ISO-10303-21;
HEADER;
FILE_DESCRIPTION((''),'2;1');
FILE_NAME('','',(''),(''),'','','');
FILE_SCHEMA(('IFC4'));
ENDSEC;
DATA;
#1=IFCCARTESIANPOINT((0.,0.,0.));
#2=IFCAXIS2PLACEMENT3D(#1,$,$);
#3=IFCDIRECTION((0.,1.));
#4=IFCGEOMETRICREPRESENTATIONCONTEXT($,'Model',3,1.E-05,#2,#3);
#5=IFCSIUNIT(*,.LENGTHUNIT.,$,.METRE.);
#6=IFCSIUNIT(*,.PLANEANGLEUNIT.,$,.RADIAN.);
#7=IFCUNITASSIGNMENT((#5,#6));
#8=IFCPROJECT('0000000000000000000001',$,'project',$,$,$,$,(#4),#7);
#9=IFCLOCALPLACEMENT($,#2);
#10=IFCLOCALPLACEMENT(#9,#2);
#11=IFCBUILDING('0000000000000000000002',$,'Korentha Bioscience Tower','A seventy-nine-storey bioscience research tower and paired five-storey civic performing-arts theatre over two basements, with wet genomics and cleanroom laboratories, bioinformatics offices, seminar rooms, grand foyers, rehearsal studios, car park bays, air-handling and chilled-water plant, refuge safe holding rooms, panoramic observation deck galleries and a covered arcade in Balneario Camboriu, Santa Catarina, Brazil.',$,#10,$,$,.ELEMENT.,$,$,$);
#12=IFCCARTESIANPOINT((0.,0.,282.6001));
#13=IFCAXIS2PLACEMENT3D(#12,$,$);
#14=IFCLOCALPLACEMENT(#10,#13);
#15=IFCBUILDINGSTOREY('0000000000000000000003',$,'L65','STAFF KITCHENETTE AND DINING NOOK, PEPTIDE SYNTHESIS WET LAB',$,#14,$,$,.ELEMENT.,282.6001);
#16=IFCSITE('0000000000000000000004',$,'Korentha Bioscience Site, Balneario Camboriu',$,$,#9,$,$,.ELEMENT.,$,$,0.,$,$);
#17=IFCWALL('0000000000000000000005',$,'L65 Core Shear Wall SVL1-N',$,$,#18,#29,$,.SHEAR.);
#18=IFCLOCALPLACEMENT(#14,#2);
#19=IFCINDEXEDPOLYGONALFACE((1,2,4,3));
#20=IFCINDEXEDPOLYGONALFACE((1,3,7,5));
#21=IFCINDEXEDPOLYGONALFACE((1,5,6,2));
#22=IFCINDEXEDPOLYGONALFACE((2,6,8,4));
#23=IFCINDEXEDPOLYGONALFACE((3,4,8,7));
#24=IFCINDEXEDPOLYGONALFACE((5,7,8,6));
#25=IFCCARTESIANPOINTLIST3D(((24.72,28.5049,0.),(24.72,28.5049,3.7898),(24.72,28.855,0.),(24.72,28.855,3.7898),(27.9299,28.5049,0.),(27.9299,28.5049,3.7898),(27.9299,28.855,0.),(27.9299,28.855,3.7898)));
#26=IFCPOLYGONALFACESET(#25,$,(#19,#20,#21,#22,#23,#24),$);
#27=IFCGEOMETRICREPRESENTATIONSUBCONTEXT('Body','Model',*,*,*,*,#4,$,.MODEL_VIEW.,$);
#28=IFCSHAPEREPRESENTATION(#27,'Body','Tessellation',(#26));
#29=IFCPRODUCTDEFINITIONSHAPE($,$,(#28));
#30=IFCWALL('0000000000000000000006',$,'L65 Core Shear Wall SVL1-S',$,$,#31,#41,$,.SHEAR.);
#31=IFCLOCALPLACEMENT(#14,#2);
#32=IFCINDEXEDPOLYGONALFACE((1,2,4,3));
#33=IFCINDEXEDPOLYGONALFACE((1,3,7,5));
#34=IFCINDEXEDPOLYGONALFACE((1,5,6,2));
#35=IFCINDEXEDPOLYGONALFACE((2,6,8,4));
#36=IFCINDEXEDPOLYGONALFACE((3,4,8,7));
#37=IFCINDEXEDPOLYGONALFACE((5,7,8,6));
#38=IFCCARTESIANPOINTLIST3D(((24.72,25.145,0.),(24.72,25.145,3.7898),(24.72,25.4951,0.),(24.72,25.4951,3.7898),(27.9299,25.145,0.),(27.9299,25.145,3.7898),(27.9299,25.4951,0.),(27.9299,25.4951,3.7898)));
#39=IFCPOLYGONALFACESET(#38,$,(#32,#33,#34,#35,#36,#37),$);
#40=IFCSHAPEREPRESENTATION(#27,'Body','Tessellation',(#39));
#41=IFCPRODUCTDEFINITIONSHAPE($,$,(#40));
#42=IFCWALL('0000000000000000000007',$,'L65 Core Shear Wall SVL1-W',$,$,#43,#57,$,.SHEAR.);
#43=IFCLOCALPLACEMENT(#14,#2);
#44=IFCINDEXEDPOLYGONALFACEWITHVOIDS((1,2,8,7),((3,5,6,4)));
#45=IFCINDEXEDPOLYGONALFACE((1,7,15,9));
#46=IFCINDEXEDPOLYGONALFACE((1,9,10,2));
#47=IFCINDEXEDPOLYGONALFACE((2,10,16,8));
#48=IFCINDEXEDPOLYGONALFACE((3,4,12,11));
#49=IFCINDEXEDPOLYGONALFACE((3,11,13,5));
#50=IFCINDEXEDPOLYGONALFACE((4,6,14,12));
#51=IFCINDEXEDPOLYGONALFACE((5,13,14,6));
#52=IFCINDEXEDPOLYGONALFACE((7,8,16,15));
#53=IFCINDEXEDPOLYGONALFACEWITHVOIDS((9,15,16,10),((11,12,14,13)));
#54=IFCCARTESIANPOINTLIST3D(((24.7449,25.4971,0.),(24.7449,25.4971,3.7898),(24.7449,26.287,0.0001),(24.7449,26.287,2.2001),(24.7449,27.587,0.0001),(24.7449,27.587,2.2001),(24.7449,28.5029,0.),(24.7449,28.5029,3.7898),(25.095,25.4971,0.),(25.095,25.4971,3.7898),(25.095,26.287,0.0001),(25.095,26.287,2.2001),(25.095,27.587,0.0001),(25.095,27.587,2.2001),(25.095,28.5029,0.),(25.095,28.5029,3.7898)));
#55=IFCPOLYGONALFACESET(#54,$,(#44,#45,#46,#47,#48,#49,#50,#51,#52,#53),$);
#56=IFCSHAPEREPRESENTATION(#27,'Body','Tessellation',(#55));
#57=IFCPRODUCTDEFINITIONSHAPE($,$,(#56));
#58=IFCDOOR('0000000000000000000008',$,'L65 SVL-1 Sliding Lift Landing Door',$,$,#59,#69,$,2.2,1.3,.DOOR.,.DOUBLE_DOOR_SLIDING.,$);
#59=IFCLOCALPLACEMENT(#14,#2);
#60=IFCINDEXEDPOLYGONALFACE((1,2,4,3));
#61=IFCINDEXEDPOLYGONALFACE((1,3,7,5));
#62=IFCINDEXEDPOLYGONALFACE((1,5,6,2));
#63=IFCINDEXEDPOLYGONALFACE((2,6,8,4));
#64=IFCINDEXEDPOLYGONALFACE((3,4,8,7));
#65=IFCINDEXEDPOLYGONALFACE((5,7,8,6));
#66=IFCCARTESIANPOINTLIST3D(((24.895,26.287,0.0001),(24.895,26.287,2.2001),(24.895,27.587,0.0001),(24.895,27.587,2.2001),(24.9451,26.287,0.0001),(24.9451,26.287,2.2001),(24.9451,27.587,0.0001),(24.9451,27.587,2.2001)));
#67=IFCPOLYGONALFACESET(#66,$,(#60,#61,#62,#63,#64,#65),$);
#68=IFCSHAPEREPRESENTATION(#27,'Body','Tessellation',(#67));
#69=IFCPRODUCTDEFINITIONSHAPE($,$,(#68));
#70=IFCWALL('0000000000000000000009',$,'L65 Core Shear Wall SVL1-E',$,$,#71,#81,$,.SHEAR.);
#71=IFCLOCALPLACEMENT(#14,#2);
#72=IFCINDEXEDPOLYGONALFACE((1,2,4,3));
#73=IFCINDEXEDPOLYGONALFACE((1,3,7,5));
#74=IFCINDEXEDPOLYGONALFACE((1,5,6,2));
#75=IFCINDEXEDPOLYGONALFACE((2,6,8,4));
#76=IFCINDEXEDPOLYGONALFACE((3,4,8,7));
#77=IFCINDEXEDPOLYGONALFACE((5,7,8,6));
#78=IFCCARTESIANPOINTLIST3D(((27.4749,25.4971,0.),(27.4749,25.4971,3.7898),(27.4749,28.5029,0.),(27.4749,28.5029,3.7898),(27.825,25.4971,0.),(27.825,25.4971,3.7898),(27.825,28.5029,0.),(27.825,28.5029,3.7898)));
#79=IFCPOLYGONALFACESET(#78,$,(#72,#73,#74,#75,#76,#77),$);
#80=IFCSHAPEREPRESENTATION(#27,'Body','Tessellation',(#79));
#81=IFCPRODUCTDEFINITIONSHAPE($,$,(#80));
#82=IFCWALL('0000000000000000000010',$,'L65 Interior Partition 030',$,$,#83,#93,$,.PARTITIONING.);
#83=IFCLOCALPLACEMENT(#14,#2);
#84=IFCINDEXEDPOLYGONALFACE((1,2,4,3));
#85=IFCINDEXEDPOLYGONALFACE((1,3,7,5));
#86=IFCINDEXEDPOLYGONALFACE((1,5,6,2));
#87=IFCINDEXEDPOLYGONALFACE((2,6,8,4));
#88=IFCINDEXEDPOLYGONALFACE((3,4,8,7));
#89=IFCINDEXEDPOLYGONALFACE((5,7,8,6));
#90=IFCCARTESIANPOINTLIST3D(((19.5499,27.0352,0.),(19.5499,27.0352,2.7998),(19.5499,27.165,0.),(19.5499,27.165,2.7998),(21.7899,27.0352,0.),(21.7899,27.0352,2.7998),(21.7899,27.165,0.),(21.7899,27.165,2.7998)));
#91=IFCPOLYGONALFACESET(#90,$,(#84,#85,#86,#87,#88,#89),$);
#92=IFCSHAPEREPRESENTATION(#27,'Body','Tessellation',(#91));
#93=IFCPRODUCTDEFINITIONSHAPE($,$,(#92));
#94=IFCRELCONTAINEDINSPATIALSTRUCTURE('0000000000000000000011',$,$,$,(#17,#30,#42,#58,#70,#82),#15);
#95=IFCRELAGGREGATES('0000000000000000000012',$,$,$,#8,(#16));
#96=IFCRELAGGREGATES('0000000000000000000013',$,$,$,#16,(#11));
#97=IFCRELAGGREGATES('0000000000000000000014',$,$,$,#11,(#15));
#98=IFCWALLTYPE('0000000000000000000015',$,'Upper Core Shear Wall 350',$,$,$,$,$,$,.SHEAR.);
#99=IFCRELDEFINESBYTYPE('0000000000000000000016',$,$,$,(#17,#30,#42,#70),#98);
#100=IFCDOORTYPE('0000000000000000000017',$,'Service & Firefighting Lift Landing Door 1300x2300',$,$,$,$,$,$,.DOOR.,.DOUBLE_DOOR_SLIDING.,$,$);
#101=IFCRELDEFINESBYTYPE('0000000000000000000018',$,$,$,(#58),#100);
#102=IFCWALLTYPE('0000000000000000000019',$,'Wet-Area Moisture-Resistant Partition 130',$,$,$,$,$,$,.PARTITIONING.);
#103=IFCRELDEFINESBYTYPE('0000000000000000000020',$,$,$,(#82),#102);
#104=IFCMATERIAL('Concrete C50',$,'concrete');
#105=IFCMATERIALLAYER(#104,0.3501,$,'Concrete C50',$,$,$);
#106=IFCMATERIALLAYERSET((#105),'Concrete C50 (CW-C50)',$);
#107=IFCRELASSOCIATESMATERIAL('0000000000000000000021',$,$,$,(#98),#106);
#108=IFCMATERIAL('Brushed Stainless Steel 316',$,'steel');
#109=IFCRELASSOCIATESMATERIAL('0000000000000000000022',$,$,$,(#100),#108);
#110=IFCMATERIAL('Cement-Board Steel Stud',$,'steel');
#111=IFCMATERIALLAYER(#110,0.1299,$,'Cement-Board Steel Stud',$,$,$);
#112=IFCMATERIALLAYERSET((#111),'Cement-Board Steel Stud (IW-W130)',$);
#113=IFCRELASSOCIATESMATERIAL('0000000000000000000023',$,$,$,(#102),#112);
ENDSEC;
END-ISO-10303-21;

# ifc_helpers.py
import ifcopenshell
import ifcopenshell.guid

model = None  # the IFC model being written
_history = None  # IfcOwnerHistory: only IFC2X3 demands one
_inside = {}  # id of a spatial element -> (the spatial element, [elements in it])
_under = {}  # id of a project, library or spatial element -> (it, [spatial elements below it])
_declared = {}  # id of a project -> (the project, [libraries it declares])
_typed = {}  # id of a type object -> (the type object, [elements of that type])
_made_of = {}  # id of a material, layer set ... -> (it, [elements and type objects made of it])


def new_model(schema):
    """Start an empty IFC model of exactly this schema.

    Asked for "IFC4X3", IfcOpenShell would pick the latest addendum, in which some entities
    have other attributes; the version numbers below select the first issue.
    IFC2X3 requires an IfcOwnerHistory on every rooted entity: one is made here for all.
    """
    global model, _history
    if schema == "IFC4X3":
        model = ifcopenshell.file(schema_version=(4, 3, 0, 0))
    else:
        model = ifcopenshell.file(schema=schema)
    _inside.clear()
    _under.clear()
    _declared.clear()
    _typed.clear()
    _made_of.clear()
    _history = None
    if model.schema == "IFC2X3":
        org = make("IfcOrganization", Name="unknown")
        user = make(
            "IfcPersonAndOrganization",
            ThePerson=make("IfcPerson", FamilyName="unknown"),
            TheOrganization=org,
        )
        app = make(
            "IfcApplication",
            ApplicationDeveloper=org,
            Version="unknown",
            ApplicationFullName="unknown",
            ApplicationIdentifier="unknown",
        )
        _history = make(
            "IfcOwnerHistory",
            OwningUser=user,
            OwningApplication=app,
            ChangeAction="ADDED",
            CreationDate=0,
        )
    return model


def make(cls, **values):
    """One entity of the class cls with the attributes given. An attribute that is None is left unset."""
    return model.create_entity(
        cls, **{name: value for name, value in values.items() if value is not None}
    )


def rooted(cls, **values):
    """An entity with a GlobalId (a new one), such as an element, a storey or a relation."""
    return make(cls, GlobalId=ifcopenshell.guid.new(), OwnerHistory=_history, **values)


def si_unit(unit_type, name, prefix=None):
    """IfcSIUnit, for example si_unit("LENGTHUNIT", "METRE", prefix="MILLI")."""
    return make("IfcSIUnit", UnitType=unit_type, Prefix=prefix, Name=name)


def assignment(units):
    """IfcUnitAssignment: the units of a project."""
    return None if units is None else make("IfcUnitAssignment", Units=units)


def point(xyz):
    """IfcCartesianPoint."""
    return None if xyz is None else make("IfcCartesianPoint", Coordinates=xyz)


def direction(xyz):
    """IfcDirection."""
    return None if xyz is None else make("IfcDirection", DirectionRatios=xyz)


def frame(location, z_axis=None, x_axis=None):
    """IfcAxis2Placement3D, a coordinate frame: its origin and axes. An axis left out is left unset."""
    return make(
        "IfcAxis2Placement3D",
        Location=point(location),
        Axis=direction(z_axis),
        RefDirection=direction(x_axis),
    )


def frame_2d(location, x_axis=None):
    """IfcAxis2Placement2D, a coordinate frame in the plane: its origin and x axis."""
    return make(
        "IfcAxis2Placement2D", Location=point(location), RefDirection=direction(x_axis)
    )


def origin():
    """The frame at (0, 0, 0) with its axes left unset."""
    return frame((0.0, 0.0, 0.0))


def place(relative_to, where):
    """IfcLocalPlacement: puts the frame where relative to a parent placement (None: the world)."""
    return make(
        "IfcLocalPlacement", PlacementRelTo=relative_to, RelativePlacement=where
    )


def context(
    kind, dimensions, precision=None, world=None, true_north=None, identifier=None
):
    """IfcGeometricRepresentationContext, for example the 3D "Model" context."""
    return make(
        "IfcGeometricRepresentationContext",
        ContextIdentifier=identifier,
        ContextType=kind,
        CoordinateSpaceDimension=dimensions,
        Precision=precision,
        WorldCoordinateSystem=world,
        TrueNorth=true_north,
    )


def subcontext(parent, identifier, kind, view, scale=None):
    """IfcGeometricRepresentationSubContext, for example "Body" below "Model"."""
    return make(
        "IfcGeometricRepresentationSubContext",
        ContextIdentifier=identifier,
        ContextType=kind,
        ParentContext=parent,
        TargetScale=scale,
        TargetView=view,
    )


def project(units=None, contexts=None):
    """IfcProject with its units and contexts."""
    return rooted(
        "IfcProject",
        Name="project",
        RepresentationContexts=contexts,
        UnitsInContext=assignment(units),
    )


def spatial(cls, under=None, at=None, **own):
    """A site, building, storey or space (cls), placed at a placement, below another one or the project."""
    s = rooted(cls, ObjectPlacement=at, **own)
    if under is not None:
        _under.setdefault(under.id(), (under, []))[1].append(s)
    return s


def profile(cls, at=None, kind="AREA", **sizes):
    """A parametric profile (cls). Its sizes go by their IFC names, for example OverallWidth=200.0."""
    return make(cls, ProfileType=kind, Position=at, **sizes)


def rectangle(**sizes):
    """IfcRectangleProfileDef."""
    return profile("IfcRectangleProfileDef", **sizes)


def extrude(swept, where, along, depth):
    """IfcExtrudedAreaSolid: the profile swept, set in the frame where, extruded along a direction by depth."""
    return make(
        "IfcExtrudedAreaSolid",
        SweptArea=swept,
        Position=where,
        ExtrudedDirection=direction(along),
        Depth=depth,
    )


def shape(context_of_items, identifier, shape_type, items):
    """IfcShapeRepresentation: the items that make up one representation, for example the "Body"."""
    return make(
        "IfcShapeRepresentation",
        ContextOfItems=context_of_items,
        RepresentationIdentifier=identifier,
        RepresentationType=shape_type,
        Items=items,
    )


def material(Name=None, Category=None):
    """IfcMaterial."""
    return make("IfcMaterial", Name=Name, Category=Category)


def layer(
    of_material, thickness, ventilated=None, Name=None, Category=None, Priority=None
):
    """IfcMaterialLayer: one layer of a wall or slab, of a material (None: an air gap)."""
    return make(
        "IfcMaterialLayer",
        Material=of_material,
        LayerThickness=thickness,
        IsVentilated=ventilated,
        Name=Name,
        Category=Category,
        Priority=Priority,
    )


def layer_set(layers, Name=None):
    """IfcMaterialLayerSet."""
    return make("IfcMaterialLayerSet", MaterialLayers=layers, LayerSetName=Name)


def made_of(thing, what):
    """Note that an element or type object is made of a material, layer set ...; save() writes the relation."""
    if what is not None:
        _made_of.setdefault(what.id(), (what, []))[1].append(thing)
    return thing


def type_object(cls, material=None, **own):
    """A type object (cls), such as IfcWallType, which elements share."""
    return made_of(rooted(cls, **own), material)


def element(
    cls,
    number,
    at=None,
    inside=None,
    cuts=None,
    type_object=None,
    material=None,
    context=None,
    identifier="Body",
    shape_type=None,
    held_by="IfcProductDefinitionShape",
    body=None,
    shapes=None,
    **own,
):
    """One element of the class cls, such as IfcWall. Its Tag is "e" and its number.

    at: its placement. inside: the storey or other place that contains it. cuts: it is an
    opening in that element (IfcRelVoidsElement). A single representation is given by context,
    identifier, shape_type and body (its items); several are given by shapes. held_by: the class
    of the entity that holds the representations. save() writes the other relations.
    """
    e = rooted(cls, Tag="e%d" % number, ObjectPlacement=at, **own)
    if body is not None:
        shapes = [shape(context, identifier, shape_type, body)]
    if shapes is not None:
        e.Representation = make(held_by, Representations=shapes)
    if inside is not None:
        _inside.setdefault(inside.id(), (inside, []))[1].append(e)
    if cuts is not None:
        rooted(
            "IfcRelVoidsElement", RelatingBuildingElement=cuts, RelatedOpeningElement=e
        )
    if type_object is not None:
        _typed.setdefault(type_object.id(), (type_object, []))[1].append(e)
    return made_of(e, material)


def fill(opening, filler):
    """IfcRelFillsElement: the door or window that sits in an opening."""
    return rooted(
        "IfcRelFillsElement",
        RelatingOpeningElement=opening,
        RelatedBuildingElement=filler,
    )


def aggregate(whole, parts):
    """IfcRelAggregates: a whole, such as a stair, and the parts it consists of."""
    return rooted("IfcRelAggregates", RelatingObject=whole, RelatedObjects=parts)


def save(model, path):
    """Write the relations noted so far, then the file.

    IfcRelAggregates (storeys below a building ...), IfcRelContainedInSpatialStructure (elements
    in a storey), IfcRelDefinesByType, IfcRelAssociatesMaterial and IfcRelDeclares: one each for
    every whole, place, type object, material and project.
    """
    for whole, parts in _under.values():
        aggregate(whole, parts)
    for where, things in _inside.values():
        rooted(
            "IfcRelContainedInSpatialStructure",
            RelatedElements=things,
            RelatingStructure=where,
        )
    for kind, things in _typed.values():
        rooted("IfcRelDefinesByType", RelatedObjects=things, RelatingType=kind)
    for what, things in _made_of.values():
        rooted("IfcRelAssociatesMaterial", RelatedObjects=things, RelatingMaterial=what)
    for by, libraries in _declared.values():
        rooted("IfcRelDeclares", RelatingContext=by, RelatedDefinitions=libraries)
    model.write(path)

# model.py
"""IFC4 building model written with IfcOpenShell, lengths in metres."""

from ifc_helpers import new_model, si_unit, direction, frame, frame_2d, origin, place, context, subcontext, project, spatial, rectangle, extrude, material, layer, layer_set, type_object, element, fill, save


model = new_model("IFC4")

# Units and contexts
model_context = context("Model", 3, precision=1e-05, world=origin(), true_north=direction((0.0, 1.0)))
body_context = subcontext(model_context, "Body", "Model", "MODEL_VIEW")
ifc_project = project(units=[si_unit("LENGTHUNIT", "METRE"), si_unit("PLANEANGLEUNIT", "RADIAN")], contexts=[model_context])

# Site, building, storey
site_placement = place(None, origin())
site = spatial("IfcSite", under=ifc_project, at=site_placement, Name="Korentha Bioscience Site, Balneario Camboriu", CompositionType="ELEMENT", RefElevation=0.0)
building_placement = place(site_placement, origin())
building = spatial("IfcBuilding", under=site, at=building_placement, Name="Korentha Bioscience Tower", Description="A seventy-nine-storey bioscience research tower and paired five-storey civic performing-arts theatre over two basements, with wet genomics and cleanroom laboratories, bioinformatics offices, seminar rooms, grand foyers, rehearsal studios, car park bays, air-handling and chilled-water plant, refuge safe holding rooms, panoramic observation deck galleries and a covered arcade in Balneario Camboriu, Santa Catarina, Brazil.", CompositionType="ELEMENT")
storey_placement = place(building_placement, frame((0.0, 0.0, 282.6001)))
storey = spatial("IfcBuildingStorey", under=building, at=storey_placement, Name="L65", Description="STAFF KITCHENETTE AND DINING NOOK, PEPTIDE SYNTHESIS WET LAB", CompositionType="ELEMENT", Elevation=282.6001)

# Shared definitions
ifc_material_1 = material(Name="Concrete C50", Category="concrete")
ifc_layer_1 = layer(ifc_material_1, 0.3501, Name="Concrete C50")
ifc_layer_set_1 = layer_set([ifc_layer_1], Name="Concrete C50 (CW-C50)")
wall_type_1 = type_object("IfcWallType", Name="Upper Core Shear Wall 350", PredefinedType="SHEAR", material=ifc_layer_set_1)

# Walls
for number, where, z_axis, x_axis, name in (
    (1, (24.72, 28.6799, 0.0), (0.0, 0.0, 1.0), (1.0, 0.0, 0.0), "L65 Core Shear Wall SVL1-N"),
    (2, (24.72, 25.3201, 0.0), (0.0, 0.0, 1.0), (1.0, 0.0, 0.0), "L65 Core Shear Wall SVL1-S"),
):
    element("IfcWall", number, at=place(storey_placement, frame(where, z_axis=z_axis, x_axis=x_axis)), inside=storey, type_object=wall_type_1, Name=name, PredefinedType="SHEAR", context=body_context, shape_type="SweptSolid", body=[
        extrude(rectangle(XDim=3.21, YDim=0.3501, at=frame_2d((1.605, 0.0))), origin(), (0.0, 0.0, 1.0), 3.7898),
    ])

# Wall, opening, door
wall_1_placement = place(storey_placement, frame((24.9199, 25.4971, 0.0), z_axis=(0.0, 0.0, 1.0), x_axis=(0.0, 1.0, 0.0)))
wall_1 = element("IfcWall", 3, at=wall_1_placement, inside=storey, type_object=wall_type_1, Name="L65 Core Shear Wall SVL1-W", PredefinedType="SHEAR", context=body_context, shape_type="SweptSolid", body=[
    extrude(rectangle(XDim=3.0059, YDim=0.3501, at=frame_2d((1.5029, 0.0))), origin(), (0.0, 0.0, 1.0), 3.7898),
])
opening_1_placement = place(wall_1_placement, frame((0.79, 0.0, 0.0)))
opening_1 = element("IfcOpeningElement", 4, at=opening_1_placement, cuts=wall_1, PredefinedType="OPENING", context=body_context, shape_type="SweptSolid", body=[
    extrude(rectangle(XDim=1.3, YDim=2.2, at=frame_2d((0.6499, 1.1001))), frame((0.0, 0.1899, 0.0), z_axis=(0.0, -1.0, 0.0), x_axis=(1.0, 0.0, 0.0)), (0.0, 0.0, 1.0), 0.3799),
])
ifc_material_2 = material(Name="Brushed Stainless Steel 316", Category="steel")
door_type_1 = type_object("IfcDoorType", Name="Service & Firefighting Lift Landing Door 1300x2300", OperationType="DOUBLE_DOOR_SLIDING", PredefinedType="DOOR", material=ifc_material_2)
door_1_placement = place(opening_1_placement, origin())
door_1 = element("IfcDoor", 5, at=door_1_placement, inside=storey, type_object=door_type_1, Name="L65 SVL-1 Sliding Lift Landing Door", OperationType="DOUBLE_DOOR_SLIDING", OverallHeight=2.2, OverallWidth=1.3, PredefinedType="DOOR", context=body_context, shape_type="SweptSolid", body=[
    extrude(rectangle(XDim=1.3, YDim=2.2, at=frame_2d((0.6499, 1.1001))), frame((0.0, 0.0249, 0.0), z_axis=(0.0, -1.0, 0.0), x_axis=(1.0, 0.0, 0.0)), (0.0, 0.0, 1.0), 0.05),
])
fill(opening_1, door_1)

# Wall
wall_2_placement = place(storey_placement, frame((27.6499, 25.4971, 0.0), z_axis=(0.0, 0.0, 1.0), x_axis=(0.0, 1.0, 0.0)))
element("IfcWall", 6, at=wall_2_placement, inside=storey, type_object=wall_type_1, Name="L65 Core Shear Wall SVL1-E", PredefinedType="SHEAR", context=body_context, shape_type="SweptSolid", body=[
    extrude(rectangle(XDim=3.0059, YDim=0.3501, at=frame_2d((1.5029, 0.0))), origin(), (0.0, 0.0, 1.0), 3.7898),
])

# Shared definitions
ifc_material_3 = material(Name="Cement-Board Steel Stud", Category="steel")
ifc_layer_2 = layer(ifc_material_3, 0.1299, Name="Cement-Board Steel Stud")
ifc_layer_set_2 = layer_set([ifc_layer_2], Name="Cement-Board Steel Stud (IW-W130)")
wall_type_2 = type_object("IfcWallType", Name="Wet-Area Moisture-Resistant Partition 130", PredefinedType="PARTITIONING", material=ifc_layer_set_2)

# Wall
wall_3_placement = place(storey_placement, frame((21.79, 27.1001, 0.0), z_axis=(0.0, 0.0, 1.0), x_axis=(-1.0, 0.0, 0.0)))
element("IfcWall", 7, at=wall_3_placement, inside=storey, type_object=wall_type_2, Name="L65 Interior Partition 030", PredefinedType="PARTITIONING", context=body_context, shape_type="SweptSolid", body=[
    extrude(rectangle(XDim=2.24, YDim=0.1299, at=frame_2d((1.1201, 0.0))), origin(), (0.0, 0.0, 1.0), 2.7998),
])

save(model, "model.ifc")
